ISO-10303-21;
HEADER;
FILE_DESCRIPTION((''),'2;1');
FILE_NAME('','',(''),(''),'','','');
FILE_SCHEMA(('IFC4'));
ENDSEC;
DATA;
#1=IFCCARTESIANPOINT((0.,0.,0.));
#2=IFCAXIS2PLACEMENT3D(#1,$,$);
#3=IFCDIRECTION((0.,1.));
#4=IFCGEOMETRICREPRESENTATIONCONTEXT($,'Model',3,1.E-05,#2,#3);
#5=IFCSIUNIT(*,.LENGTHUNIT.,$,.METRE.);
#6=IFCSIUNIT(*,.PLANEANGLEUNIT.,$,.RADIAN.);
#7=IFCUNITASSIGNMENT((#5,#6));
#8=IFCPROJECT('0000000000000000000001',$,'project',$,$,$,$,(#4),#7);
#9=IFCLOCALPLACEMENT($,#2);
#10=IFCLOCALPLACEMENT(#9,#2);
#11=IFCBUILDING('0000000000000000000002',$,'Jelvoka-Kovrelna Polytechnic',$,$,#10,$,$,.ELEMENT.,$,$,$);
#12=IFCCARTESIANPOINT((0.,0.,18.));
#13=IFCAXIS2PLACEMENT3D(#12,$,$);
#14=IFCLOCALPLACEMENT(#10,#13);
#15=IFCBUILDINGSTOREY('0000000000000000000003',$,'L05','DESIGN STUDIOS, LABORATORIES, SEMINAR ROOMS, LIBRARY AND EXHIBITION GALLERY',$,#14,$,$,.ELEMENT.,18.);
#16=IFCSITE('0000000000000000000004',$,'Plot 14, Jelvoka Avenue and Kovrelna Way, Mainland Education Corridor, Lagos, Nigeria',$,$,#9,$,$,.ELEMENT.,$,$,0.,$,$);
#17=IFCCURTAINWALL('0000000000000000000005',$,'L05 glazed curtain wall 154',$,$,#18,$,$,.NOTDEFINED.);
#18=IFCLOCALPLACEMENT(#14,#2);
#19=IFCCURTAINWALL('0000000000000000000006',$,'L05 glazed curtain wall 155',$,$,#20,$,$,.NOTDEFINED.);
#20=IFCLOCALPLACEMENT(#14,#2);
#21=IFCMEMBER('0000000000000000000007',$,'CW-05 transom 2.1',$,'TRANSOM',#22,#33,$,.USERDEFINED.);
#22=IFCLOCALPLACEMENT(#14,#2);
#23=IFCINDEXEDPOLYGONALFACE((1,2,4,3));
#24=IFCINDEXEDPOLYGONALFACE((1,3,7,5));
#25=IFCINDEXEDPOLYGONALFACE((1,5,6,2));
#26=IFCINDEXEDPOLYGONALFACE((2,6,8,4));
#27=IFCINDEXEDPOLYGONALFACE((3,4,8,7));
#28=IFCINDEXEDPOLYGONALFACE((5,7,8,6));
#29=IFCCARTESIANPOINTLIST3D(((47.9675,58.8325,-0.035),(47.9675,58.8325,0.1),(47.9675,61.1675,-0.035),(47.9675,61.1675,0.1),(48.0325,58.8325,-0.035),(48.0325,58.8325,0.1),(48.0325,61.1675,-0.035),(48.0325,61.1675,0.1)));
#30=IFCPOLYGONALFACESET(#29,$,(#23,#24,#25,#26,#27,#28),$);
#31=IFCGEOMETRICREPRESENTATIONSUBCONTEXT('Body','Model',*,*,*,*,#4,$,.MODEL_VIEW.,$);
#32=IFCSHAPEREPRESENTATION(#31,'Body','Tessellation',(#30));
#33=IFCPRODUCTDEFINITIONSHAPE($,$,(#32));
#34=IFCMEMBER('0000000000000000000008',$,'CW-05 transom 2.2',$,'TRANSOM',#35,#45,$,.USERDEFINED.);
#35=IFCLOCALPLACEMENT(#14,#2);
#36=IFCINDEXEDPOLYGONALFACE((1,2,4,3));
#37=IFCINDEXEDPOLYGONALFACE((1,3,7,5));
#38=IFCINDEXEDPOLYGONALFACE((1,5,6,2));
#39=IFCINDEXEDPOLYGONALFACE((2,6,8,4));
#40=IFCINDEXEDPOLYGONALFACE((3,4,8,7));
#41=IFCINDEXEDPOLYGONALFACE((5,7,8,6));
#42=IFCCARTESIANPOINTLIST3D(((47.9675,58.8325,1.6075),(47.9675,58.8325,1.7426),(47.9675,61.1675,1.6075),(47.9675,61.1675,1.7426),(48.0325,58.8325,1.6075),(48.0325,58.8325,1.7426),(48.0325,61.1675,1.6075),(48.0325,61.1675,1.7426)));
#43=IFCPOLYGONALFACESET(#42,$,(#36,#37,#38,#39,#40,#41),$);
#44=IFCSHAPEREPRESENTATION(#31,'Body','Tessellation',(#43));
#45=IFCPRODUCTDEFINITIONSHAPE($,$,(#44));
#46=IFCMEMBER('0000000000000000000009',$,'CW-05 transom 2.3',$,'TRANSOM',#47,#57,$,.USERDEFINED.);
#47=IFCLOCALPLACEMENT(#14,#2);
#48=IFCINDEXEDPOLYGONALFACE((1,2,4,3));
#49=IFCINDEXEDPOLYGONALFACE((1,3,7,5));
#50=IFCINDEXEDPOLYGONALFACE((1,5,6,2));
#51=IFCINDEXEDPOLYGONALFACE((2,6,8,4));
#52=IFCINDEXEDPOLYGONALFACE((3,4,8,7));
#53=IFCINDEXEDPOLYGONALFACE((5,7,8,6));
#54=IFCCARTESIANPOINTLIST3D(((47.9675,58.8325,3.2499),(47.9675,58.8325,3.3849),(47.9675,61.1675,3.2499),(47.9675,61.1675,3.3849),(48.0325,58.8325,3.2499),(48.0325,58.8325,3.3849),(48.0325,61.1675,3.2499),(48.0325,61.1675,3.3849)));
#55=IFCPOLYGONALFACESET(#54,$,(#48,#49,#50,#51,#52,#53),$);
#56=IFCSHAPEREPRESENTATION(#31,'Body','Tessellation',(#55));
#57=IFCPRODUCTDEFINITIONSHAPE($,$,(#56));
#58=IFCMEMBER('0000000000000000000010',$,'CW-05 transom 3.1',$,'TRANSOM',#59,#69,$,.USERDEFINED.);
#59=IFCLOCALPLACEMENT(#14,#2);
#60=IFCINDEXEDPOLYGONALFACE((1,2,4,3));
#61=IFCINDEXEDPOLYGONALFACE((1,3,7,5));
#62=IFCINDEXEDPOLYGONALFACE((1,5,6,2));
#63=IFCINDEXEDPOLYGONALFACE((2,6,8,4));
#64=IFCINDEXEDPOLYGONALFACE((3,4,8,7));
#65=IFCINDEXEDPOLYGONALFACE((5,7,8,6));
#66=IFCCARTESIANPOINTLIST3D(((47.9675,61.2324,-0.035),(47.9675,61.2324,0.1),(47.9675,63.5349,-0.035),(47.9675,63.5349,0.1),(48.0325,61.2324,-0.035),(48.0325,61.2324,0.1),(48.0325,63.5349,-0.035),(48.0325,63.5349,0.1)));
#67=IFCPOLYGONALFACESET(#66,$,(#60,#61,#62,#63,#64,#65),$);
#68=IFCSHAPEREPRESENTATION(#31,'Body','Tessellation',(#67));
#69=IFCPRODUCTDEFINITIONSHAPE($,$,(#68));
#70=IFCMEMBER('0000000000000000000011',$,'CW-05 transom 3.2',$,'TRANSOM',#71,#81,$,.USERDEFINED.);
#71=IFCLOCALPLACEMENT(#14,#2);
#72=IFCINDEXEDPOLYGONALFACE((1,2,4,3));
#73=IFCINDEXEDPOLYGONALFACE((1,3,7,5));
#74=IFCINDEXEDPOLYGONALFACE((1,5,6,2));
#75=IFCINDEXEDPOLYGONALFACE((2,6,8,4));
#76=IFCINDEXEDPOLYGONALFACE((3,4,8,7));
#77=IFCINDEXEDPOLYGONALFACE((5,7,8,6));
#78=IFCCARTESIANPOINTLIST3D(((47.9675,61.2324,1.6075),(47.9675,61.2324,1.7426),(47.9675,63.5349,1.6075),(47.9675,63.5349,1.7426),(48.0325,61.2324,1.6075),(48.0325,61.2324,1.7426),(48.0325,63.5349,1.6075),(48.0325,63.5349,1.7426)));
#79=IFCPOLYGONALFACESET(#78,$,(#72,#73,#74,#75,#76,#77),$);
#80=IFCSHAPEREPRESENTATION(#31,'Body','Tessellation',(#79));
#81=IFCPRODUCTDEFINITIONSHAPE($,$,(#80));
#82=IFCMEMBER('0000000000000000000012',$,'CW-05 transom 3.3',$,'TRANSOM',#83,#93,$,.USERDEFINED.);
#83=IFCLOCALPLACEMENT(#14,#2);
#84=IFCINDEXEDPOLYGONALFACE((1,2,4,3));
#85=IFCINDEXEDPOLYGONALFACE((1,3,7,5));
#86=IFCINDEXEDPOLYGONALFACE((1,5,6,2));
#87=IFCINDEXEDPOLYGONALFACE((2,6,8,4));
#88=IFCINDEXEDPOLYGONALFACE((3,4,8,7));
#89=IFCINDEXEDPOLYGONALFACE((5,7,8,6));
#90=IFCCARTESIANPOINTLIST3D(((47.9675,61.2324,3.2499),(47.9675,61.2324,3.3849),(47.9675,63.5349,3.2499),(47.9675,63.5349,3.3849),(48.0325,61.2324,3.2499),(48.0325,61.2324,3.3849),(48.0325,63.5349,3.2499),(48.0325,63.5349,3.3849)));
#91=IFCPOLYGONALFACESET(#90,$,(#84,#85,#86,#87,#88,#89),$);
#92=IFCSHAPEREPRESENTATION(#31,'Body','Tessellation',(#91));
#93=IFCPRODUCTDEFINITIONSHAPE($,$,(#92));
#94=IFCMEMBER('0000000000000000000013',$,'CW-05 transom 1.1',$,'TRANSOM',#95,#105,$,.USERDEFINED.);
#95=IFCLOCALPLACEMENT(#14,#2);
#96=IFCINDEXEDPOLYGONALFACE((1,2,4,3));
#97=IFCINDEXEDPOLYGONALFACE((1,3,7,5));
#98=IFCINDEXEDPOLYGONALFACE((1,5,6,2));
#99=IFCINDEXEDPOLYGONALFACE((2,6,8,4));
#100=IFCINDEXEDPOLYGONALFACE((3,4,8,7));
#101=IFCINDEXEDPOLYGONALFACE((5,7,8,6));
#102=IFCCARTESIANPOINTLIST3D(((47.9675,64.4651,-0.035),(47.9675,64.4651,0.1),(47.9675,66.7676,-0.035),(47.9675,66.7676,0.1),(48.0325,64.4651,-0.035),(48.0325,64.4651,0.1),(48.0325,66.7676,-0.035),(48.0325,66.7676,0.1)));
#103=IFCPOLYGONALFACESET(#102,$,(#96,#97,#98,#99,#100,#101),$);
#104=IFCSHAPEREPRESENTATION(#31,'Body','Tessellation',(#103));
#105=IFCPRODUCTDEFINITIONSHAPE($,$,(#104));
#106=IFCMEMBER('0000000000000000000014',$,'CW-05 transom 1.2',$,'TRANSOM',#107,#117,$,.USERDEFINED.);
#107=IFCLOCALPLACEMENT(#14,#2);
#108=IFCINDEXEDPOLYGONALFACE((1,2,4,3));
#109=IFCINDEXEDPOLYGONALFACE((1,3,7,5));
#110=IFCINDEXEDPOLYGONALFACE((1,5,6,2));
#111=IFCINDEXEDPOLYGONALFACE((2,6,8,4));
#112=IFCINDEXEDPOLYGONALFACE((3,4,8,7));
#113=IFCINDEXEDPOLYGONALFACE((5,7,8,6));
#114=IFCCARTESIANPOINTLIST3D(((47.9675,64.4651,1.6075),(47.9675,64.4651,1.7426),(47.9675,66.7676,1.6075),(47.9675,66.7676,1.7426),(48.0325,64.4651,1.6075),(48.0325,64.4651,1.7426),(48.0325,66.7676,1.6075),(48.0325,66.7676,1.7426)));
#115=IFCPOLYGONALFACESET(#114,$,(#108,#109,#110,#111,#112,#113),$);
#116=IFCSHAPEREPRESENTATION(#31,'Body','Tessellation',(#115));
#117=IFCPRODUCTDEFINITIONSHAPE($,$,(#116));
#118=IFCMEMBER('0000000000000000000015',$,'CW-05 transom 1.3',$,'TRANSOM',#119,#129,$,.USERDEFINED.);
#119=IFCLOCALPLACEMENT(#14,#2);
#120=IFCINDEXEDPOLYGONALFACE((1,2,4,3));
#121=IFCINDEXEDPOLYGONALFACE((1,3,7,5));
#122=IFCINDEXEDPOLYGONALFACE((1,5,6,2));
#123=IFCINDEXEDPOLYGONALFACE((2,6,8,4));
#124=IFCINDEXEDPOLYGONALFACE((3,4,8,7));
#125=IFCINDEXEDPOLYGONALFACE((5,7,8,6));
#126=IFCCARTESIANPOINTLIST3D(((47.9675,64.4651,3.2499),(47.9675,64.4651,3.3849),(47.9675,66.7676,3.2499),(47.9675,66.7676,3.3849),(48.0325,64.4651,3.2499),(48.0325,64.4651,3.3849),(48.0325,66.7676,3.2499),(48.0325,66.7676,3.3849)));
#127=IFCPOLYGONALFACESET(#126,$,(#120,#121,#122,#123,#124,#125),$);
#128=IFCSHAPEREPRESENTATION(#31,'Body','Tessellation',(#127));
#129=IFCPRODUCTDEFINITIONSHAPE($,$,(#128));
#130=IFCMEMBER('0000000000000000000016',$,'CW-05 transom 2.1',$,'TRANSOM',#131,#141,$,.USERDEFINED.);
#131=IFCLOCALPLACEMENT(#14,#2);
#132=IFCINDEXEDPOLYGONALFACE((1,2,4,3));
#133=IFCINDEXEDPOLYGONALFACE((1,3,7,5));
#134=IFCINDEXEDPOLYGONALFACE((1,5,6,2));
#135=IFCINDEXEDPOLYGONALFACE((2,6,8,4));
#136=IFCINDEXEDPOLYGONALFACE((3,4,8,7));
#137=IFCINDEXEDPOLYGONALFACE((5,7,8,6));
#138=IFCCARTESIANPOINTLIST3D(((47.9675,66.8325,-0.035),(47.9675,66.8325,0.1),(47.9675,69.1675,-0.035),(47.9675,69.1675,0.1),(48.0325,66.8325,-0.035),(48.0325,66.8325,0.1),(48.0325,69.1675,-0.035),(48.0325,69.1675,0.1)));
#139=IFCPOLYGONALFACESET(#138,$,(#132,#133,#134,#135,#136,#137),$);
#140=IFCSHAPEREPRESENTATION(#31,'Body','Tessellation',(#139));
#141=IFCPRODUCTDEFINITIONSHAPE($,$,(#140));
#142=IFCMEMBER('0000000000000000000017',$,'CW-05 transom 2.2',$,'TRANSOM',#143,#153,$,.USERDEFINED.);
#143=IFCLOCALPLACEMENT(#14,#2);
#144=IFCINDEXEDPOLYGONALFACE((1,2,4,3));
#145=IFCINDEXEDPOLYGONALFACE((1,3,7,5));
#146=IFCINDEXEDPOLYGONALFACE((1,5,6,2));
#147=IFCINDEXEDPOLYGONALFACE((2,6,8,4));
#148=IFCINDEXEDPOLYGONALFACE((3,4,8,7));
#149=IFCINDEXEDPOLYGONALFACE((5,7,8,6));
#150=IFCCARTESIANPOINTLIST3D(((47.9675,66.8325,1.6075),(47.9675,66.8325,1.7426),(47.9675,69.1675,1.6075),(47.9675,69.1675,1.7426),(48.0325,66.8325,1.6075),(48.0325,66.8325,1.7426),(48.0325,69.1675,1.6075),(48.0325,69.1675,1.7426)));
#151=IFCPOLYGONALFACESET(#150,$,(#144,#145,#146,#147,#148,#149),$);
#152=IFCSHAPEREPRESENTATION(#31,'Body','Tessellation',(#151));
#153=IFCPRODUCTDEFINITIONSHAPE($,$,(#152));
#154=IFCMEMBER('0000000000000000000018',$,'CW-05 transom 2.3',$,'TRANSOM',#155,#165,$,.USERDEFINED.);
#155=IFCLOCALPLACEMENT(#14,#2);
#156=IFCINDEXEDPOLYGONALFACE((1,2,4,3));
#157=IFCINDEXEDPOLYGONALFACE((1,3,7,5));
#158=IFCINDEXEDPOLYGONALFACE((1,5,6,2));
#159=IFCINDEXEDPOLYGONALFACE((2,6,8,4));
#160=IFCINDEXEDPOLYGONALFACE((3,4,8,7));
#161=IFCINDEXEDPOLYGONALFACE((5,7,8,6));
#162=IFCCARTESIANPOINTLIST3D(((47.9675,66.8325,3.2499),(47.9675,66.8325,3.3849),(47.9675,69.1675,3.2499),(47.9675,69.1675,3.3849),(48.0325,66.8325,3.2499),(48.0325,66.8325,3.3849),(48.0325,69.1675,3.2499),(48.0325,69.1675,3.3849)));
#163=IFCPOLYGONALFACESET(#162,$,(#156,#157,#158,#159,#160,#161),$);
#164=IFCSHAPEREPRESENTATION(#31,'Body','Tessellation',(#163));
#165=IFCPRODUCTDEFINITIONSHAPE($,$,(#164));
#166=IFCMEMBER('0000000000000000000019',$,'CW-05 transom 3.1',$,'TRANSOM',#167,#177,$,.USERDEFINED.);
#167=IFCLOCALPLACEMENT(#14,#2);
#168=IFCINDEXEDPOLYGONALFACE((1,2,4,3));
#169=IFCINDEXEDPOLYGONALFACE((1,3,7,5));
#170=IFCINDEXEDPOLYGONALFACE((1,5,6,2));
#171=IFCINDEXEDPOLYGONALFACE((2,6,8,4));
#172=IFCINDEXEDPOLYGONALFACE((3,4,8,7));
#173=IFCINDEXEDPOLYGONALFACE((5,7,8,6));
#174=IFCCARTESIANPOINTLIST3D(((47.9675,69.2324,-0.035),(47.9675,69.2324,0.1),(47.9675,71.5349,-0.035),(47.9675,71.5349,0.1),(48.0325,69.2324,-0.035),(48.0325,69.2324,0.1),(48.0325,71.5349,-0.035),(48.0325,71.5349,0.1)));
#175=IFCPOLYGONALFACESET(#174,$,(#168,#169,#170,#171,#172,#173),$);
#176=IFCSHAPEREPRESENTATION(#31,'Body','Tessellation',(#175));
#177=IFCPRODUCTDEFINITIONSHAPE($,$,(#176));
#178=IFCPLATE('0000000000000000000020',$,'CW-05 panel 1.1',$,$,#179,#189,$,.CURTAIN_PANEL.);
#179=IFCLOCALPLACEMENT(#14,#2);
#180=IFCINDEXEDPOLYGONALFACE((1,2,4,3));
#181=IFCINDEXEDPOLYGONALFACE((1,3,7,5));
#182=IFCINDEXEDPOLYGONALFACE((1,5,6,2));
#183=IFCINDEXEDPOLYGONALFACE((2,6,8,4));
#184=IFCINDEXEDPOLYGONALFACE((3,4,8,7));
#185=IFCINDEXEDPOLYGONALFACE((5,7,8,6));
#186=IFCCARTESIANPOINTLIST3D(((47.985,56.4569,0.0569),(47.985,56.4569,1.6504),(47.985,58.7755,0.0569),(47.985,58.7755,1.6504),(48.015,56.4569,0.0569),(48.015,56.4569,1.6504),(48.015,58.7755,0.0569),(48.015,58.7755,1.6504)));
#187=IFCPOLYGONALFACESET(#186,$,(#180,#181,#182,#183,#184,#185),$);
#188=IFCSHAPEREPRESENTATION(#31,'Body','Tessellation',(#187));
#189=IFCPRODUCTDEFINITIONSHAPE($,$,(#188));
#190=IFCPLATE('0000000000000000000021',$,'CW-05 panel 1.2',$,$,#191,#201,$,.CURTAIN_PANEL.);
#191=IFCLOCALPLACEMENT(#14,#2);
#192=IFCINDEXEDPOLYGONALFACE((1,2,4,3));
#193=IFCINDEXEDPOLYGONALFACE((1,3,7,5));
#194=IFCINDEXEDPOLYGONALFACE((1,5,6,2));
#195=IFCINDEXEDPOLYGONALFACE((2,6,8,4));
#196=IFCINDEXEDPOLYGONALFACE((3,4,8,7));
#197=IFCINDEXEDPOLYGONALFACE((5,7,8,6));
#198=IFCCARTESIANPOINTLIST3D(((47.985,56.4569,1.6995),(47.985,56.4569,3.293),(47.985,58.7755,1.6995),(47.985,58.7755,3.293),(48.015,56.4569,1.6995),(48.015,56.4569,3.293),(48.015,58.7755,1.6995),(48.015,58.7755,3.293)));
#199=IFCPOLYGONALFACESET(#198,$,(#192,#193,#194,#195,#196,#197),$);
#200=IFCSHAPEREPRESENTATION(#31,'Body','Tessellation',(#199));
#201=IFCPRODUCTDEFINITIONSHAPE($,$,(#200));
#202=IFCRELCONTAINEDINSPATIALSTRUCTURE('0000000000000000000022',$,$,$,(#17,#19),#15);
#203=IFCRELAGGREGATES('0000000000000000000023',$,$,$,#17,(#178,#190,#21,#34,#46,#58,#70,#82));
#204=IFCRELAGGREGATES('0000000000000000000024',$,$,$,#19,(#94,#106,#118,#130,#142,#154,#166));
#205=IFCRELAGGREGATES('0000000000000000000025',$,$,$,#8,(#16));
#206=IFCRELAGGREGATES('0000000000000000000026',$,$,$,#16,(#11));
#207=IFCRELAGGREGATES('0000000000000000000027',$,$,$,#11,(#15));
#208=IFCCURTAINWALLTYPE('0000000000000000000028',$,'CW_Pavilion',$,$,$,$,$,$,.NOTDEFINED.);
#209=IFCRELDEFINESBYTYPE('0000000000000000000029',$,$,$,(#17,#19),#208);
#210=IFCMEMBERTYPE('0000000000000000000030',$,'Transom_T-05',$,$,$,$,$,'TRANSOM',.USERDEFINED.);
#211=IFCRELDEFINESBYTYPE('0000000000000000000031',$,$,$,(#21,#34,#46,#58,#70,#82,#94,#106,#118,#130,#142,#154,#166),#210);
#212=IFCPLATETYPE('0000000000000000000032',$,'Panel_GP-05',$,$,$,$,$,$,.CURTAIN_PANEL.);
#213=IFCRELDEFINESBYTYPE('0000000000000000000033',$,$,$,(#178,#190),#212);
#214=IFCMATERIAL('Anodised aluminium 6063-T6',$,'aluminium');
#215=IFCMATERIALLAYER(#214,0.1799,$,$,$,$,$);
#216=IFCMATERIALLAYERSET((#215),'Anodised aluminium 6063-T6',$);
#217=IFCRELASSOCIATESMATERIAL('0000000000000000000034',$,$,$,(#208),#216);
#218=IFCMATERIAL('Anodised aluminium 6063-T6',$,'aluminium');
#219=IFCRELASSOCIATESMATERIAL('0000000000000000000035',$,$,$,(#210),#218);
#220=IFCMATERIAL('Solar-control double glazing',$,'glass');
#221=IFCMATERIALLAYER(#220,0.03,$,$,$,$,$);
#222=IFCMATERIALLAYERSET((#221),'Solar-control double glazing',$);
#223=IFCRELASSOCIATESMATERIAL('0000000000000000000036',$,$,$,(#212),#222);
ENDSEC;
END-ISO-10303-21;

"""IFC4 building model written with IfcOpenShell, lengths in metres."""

from ifc_helpers import new_model, si_unit, direction, frame, origin, origin_2d, place, context, subcontext, project, spatial, rectangle, extrude, material, layer, layer_set, material_profile, profile_set, type_object, element, aggregate, save


model = new_model("IFC4")

# Units and contexts
model_context = context("Model", 3, precision=1e-05, world=origin(), true_north=direction((0.0, 1.0)))
body_context = subcontext(model_context, "Body", "Model", "MODEL_VIEW")
ifc_project = project(units=[si_unit("LENGTHUNIT", "METRE"), si_unit("PLANEANGLEUNIT", "RADIAN")], contexts=[model_context])

# Site, building, storey
site_placement = place(None, origin())
site = spatial("IfcSite", under=ifc_project, at=site_placement, Name="Plot 14, Jelvoka Avenue and Kovrelna Way, Mainland Education Corridor, Lagos, Nigeria", CompositionType="ELEMENT", RefElevation=0.0)
building_placement = place(site_placement, origin())
building = spatial("IfcBuilding", under=site, at=building_placement, Name="Jelvoka-Kovrelna Polytechnic", CompositionType="ELEMENT")
storey_placement = place(building_placement, frame((0.0, 0.0, 18.0)))
storey = spatial("IfcBuildingStorey", under=building, at=storey_placement, Name="L05", Description="DESIGN STUDIOS, LABORATORIES, SEMINAR ROOMS, LIBRARY AND EXHIBITION GALLERY", CompositionType="ELEMENT", Elevation=18.0)

# Curtain walls
ifc_material_1 = material(Name="Anodised aluminium 6063-T6", Category="aluminium")
ifc_layer_1 = layer(ifc_material_1, 0.1799)
ifc_layer_set_1 = layer_set([ifc_layer_1], Name="Anodised aluminium 6063-T6")
curtain_wall_type = type_object("IfcCurtainWallType", Name="CW_Pavilion", PredefinedType="NOTDEFINED", material=ifc_layer_set_1)
curtain_wall_1_placement = place(storey_placement, origin())
curtain_wall_1 = element("IfcCurtainWall", 1, at=curtain_wall_1_placement, inside=storey, type_object=curtain_wall_type, Name="L05 glazed curtain wall 154", PredefinedType="NOTDEFINED")
curtain_wall_2_placement = place(storey_placement, origin())
curtain_wall_2 = element("IfcCurtainWall", 2, at=curtain_wall_2_placement, inside=storey, type_object=curtain_wall_type, Name="L05 glazed curtain wall 155", PredefinedType="NOTDEFINED")

# Members
ifc_material_2 = material(Name="Anodised aluminium 6063-T6", Category="aluminium")
ifc_material_profile_1 = material_profile(ifc_material_2, rectangle(XDim=0.0649, YDim=0.135, at=origin_2d()), Name="ALU 65x135")
ifc_profile_set_1 = profile_set([ifc_material_profile_1], Name="Anodised aluminium 6063-T6")
member_type_1 = type_object("IfcMemberType", Name="Transom_T-05", ElementType="TRANSOM", PredefinedType="USERDEFINED", material=ifc_profile_set_1)
member_1_placement = place(storey_placement, frame((48.0, 58.8325, 0.0325), z_axis=(0.0, 1.0, 0.0), x_axis=(-1.0, 0.0, 0.0)))
member_1 = element("IfcMember", 3, at=member_1_placement, type_object=member_type_1, Name="CW-05 transom 2.1", ObjectType="TRANSOM", PredefinedType="USERDEFINED", context=body_context, shape_type="SweptSolid", body=[
    extrude(rectangle(XDim=0.0649, YDim=0.135, at=origin_2d()), origin(), (0.0, 0.0, 1.0), 2.335),
])
member_2_placement = place(storey_placement, frame((48.0, 58.8325, 1.675), z_axis=(0.0, 1.0, 0.0), x_axis=(-1.0, 0.0, 0.0)))
member_2 = element("IfcMember", 4, at=member_2_placement, type_object=member_type_1, Name="CW-05 transom 2.2", ObjectType="TRANSOM", PredefinedType="USERDEFINED", context=body_context, shape_type="SweptSolid", body=[
    extrude(rectangle(XDim=0.0649, YDim=0.135, at=origin_2d()), origin(), (0.0, 0.0, 1.0), 2.335),
])
member_3_placement = place(storey_placement, frame((48.0, 58.8325, 3.3174), z_axis=(0.0, 1.0, 0.0), x_axis=(-1.0, 0.0, 0.0)))
member_3 = element("IfcMember", 5, at=member_3_placement, type_object=member_type_1, Name="CW-05 transom 2.3", ObjectType="TRANSOM", PredefinedType="USERDEFINED", context=body_context, shape_type="SweptSolid", body=[
    extrude(rectangle(XDim=0.0649, YDim=0.135, at=origin_2d()), origin(), (0.0, 0.0, 1.0), 2.335),
])
member_4_placement = place(storey_placement, frame((48.0, 61.2324, 0.0325), z_axis=(0.0, 1.0, 0.0), x_axis=(-1.0, 0.0, 0.0)))
member_4 = element("IfcMember", 6, at=member_4_placement, type_object=member_type_1, Name="CW-05 transom 3.1", ObjectType="TRANSOM", PredefinedType="USERDEFINED", context=body_context, shape_type="SweptSolid", body=[
    extrude(rectangle(XDim=0.0649, YDim=0.135, at=origin_2d()), origin(), (0.0, 0.0, 1.0), 2.3025),
])
member_5_placement = place(storey_placement, frame((48.0, 61.2324, 1.675), z_axis=(0.0, 1.0, 0.0), x_axis=(-1.0, 0.0, 0.0)))
member_5 = element("IfcMember", 7, at=member_5_placement, type_object=member_type_1, Name="CW-05 transom 3.2", ObjectType="TRANSOM", PredefinedType="USERDEFINED", context=body_context, shape_type="SweptSolid", body=[
    extrude(rectangle(XDim=0.0649, YDim=0.135, at=origin_2d()), origin(), (0.0, 0.0, 1.0), 2.3025),
])
member_6_placement = place(storey_placement, frame((48.0, 61.2324, 3.3174), z_axis=(0.0, 1.0, 0.0), x_axis=(-1.0, 0.0, 0.0)))
member_6 = element("IfcMember", 8, at=member_6_placement, type_object=member_type_1, Name="CW-05 transom 3.3", ObjectType="TRANSOM", PredefinedType="USERDEFINED", context=body_context, shape_type="SweptSolid", body=[
    extrude(rectangle(XDim=0.0649, YDim=0.135, at=origin_2d()), origin(), (0.0, 0.0, 1.0), 2.3025),
])
member_7_placement = place(storey_placement, frame((48.0, 64.4651, 0.0325), z_axis=(0.0, 1.0, 0.0), x_axis=(-1.0, 0.0, 0.0)))
member_7 = element("IfcMember", 9, at=member_7_placement, type_object=member_type_1, Name="CW-05 transom 1.1", ObjectType="TRANSOM", PredefinedType="USERDEFINED", context=body_context, shape_type="SweptSolid", body=[
    extrude(rectangle(XDim=0.0649, YDim=0.135, at=origin_2d()), origin(), (0.0, 0.0, 1.0), 2.3025),
])
member_8_placement = place(storey_placement, frame((48.0, 64.4651, 1.675), z_axis=(0.0, 1.0, 0.0), x_axis=(-1.0, 0.0, 0.0)))
member_8 = element("IfcMember", 10, at=member_8_placement, type_object=member_type_1, Name="CW-05 transom 1.2", ObjectType="TRANSOM", PredefinedType="USERDEFINED", context=body_context, shape_type="SweptSolid", body=[
    extrude(rectangle(XDim=0.0649, YDim=0.135, at=origin_2d()), origin(), (0.0, 0.0, 1.0), 2.3025),
])
member_9_placement = place(storey_placement, frame((48.0, 64.4651, 3.3174), z_axis=(0.0, 1.0, 0.0), x_axis=(-1.0, 0.0, 0.0)))
member_9 = element("IfcMember", 11, at=member_9_placement, type_object=member_type_1, Name="CW-05 transom 1.3", ObjectType="TRANSOM", PredefinedType="USERDEFINED", context=body_context, shape_type="SweptSolid", body=[
    extrude(rectangle(XDim=0.0649, YDim=0.135, at=origin_2d()), origin(), (0.0, 0.0, 1.0), 2.3025),
])
member_10_placement = place(storey_placement, frame((48.0, 66.8325, 0.0325), z_axis=(0.0, 1.0, 0.0), x_axis=(-1.0, 0.0, 0.0)))
member_10 = element("IfcMember", 12, at=member_10_placement, type_object=member_type_1, Name="CW-05 transom 2.1", ObjectType="TRANSOM", PredefinedType="USERDEFINED", context=body_context, shape_type="SweptSolid", body=[
    extrude(rectangle(XDim=0.0649, YDim=0.135, at=origin_2d()), origin(), (0.0, 0.0, 1.0), 2.335),
])
member_11_placement = place(storey_placement, frame((48.0, 66.8325, 1.675), z_axis=(0.0, 1.0, 0.0), x_axis=(-1.0, 0.0, 0.0)))
member_11 = element("IfcMember", 13, at=member_11_placement, type_object=member_type_1, Name="CW-05 transom 2.2", ObjectType="TRANSOM", PredefinedType="USERDEFINED", context=body_context, shape_type="SweptSolid", body=[
    extrude(rectangle(XDim=0.0649, YDim=0.135, at=origin_2d()), origin(), (0.0, 0.0, 1.0), 2.335),
])
member_12_placement = place(storey_placement, frame((48.0, 66.8325, 3.3174), z_axis=(0.0, 1.0, 0.0), x_axis=(-1.0, 0.0, 0.0)))
member_12 = element("IfcMember", 14, at=member_12_placement, type_object=member_type_1, Name="CW-05 transom 2.3", ObjectType="TRANSOM", PredefinedType="USERDEFINED", context=body_context, shape_type="SweptSolid", body=[
    extrude(rectangle(XDim=0.0649, YDim=0.135, at=origin_2d()), origin(), (0.0, 0.0, 1.0), 2.335),
])
member_13_placement = place(storey_placement, frame((48.0, 69.2324, 0.0325), z_axis=(0.0, 1.0, 0.0), x_axis=(-1.0, 0.0, 0.0)))
member_13 = element("IfcMember", 15, at=member_13_placement, type_object=member_type_1, Name="CW-05 transom 3.1", ObjectType="TRANSOM", PredefinedType="USERDEFINED", context=body_context, shape_type="SweptSolid", body=[
    extrude(rectangle(XDim=0.0649, YDim=0.135, at=origin_2d()), origin(), (0.0, 0.0, 1.0), 2.3025),
])

# Plates
ifc_material_3 = material(Name="Solar-control double glazing", Category="glass")
ifc_layer_2 = layer(ifc_material_3, 0.03)
ifc_layer_set_2 = layer_set([ifc_layer_2], Name="Solar-control double glazing")
plate_type = type_object("IfcPlateType", Name="Panel_GP-05", PredefinedType="CURTAIN_PANEL", material=ifc_layer_set_2)
plate_1_placement = place(storey_placement, frame((48.0, 57.6162, 0.0569), z_axis=(0.0, 0.0, 1.0), x_axis=(0.0, 1.0, 0.0)))
plate_1 = element("IfcPlate", 16, at=plate_1_placement, type_object=plate_type, Name="CW-05 panel 1.1", PredefinedType="CURTAIN_PANEL", context=body_context, shape_type="SweptSolid", body=[
    extrude(rectangle(XDim=2.3186, YDim=0.03, at=origin_2d()), origin(), (0.0, 0.0, 1.0), 1.5935),
])
plate_2_placement = place(storey_placement, frame((48.0, 57.6162, 1.6995), z_axis=(0.0, 0.0, 1.0), x_axis=(0.0, 1.0, 0.0)))
plate_2 = element("IfcPlate", 17, at=plate_2_placement, type_object=plate_type, Name="CW-05 panel 1.2", PredefinedType="CURTAIN_PANEL", context=body_context, shape_type="SweptSolid", body=[
    extrude(rectangle(XDim=2.3186, YDim=0.03, at=origin_2d()), origin(), (0.0, 0.0, 1.0), 1.5935),
])
aggregate(curtain_wall_1, [plate_1, plate_2, member_1, member_2, member_3, member_4, member_5, member_6])
aggregate(curtain_wall_2, [member_7, member_8, member_9, member_10, member_11, member_12, member_13])

save(model, "model.ifc")
